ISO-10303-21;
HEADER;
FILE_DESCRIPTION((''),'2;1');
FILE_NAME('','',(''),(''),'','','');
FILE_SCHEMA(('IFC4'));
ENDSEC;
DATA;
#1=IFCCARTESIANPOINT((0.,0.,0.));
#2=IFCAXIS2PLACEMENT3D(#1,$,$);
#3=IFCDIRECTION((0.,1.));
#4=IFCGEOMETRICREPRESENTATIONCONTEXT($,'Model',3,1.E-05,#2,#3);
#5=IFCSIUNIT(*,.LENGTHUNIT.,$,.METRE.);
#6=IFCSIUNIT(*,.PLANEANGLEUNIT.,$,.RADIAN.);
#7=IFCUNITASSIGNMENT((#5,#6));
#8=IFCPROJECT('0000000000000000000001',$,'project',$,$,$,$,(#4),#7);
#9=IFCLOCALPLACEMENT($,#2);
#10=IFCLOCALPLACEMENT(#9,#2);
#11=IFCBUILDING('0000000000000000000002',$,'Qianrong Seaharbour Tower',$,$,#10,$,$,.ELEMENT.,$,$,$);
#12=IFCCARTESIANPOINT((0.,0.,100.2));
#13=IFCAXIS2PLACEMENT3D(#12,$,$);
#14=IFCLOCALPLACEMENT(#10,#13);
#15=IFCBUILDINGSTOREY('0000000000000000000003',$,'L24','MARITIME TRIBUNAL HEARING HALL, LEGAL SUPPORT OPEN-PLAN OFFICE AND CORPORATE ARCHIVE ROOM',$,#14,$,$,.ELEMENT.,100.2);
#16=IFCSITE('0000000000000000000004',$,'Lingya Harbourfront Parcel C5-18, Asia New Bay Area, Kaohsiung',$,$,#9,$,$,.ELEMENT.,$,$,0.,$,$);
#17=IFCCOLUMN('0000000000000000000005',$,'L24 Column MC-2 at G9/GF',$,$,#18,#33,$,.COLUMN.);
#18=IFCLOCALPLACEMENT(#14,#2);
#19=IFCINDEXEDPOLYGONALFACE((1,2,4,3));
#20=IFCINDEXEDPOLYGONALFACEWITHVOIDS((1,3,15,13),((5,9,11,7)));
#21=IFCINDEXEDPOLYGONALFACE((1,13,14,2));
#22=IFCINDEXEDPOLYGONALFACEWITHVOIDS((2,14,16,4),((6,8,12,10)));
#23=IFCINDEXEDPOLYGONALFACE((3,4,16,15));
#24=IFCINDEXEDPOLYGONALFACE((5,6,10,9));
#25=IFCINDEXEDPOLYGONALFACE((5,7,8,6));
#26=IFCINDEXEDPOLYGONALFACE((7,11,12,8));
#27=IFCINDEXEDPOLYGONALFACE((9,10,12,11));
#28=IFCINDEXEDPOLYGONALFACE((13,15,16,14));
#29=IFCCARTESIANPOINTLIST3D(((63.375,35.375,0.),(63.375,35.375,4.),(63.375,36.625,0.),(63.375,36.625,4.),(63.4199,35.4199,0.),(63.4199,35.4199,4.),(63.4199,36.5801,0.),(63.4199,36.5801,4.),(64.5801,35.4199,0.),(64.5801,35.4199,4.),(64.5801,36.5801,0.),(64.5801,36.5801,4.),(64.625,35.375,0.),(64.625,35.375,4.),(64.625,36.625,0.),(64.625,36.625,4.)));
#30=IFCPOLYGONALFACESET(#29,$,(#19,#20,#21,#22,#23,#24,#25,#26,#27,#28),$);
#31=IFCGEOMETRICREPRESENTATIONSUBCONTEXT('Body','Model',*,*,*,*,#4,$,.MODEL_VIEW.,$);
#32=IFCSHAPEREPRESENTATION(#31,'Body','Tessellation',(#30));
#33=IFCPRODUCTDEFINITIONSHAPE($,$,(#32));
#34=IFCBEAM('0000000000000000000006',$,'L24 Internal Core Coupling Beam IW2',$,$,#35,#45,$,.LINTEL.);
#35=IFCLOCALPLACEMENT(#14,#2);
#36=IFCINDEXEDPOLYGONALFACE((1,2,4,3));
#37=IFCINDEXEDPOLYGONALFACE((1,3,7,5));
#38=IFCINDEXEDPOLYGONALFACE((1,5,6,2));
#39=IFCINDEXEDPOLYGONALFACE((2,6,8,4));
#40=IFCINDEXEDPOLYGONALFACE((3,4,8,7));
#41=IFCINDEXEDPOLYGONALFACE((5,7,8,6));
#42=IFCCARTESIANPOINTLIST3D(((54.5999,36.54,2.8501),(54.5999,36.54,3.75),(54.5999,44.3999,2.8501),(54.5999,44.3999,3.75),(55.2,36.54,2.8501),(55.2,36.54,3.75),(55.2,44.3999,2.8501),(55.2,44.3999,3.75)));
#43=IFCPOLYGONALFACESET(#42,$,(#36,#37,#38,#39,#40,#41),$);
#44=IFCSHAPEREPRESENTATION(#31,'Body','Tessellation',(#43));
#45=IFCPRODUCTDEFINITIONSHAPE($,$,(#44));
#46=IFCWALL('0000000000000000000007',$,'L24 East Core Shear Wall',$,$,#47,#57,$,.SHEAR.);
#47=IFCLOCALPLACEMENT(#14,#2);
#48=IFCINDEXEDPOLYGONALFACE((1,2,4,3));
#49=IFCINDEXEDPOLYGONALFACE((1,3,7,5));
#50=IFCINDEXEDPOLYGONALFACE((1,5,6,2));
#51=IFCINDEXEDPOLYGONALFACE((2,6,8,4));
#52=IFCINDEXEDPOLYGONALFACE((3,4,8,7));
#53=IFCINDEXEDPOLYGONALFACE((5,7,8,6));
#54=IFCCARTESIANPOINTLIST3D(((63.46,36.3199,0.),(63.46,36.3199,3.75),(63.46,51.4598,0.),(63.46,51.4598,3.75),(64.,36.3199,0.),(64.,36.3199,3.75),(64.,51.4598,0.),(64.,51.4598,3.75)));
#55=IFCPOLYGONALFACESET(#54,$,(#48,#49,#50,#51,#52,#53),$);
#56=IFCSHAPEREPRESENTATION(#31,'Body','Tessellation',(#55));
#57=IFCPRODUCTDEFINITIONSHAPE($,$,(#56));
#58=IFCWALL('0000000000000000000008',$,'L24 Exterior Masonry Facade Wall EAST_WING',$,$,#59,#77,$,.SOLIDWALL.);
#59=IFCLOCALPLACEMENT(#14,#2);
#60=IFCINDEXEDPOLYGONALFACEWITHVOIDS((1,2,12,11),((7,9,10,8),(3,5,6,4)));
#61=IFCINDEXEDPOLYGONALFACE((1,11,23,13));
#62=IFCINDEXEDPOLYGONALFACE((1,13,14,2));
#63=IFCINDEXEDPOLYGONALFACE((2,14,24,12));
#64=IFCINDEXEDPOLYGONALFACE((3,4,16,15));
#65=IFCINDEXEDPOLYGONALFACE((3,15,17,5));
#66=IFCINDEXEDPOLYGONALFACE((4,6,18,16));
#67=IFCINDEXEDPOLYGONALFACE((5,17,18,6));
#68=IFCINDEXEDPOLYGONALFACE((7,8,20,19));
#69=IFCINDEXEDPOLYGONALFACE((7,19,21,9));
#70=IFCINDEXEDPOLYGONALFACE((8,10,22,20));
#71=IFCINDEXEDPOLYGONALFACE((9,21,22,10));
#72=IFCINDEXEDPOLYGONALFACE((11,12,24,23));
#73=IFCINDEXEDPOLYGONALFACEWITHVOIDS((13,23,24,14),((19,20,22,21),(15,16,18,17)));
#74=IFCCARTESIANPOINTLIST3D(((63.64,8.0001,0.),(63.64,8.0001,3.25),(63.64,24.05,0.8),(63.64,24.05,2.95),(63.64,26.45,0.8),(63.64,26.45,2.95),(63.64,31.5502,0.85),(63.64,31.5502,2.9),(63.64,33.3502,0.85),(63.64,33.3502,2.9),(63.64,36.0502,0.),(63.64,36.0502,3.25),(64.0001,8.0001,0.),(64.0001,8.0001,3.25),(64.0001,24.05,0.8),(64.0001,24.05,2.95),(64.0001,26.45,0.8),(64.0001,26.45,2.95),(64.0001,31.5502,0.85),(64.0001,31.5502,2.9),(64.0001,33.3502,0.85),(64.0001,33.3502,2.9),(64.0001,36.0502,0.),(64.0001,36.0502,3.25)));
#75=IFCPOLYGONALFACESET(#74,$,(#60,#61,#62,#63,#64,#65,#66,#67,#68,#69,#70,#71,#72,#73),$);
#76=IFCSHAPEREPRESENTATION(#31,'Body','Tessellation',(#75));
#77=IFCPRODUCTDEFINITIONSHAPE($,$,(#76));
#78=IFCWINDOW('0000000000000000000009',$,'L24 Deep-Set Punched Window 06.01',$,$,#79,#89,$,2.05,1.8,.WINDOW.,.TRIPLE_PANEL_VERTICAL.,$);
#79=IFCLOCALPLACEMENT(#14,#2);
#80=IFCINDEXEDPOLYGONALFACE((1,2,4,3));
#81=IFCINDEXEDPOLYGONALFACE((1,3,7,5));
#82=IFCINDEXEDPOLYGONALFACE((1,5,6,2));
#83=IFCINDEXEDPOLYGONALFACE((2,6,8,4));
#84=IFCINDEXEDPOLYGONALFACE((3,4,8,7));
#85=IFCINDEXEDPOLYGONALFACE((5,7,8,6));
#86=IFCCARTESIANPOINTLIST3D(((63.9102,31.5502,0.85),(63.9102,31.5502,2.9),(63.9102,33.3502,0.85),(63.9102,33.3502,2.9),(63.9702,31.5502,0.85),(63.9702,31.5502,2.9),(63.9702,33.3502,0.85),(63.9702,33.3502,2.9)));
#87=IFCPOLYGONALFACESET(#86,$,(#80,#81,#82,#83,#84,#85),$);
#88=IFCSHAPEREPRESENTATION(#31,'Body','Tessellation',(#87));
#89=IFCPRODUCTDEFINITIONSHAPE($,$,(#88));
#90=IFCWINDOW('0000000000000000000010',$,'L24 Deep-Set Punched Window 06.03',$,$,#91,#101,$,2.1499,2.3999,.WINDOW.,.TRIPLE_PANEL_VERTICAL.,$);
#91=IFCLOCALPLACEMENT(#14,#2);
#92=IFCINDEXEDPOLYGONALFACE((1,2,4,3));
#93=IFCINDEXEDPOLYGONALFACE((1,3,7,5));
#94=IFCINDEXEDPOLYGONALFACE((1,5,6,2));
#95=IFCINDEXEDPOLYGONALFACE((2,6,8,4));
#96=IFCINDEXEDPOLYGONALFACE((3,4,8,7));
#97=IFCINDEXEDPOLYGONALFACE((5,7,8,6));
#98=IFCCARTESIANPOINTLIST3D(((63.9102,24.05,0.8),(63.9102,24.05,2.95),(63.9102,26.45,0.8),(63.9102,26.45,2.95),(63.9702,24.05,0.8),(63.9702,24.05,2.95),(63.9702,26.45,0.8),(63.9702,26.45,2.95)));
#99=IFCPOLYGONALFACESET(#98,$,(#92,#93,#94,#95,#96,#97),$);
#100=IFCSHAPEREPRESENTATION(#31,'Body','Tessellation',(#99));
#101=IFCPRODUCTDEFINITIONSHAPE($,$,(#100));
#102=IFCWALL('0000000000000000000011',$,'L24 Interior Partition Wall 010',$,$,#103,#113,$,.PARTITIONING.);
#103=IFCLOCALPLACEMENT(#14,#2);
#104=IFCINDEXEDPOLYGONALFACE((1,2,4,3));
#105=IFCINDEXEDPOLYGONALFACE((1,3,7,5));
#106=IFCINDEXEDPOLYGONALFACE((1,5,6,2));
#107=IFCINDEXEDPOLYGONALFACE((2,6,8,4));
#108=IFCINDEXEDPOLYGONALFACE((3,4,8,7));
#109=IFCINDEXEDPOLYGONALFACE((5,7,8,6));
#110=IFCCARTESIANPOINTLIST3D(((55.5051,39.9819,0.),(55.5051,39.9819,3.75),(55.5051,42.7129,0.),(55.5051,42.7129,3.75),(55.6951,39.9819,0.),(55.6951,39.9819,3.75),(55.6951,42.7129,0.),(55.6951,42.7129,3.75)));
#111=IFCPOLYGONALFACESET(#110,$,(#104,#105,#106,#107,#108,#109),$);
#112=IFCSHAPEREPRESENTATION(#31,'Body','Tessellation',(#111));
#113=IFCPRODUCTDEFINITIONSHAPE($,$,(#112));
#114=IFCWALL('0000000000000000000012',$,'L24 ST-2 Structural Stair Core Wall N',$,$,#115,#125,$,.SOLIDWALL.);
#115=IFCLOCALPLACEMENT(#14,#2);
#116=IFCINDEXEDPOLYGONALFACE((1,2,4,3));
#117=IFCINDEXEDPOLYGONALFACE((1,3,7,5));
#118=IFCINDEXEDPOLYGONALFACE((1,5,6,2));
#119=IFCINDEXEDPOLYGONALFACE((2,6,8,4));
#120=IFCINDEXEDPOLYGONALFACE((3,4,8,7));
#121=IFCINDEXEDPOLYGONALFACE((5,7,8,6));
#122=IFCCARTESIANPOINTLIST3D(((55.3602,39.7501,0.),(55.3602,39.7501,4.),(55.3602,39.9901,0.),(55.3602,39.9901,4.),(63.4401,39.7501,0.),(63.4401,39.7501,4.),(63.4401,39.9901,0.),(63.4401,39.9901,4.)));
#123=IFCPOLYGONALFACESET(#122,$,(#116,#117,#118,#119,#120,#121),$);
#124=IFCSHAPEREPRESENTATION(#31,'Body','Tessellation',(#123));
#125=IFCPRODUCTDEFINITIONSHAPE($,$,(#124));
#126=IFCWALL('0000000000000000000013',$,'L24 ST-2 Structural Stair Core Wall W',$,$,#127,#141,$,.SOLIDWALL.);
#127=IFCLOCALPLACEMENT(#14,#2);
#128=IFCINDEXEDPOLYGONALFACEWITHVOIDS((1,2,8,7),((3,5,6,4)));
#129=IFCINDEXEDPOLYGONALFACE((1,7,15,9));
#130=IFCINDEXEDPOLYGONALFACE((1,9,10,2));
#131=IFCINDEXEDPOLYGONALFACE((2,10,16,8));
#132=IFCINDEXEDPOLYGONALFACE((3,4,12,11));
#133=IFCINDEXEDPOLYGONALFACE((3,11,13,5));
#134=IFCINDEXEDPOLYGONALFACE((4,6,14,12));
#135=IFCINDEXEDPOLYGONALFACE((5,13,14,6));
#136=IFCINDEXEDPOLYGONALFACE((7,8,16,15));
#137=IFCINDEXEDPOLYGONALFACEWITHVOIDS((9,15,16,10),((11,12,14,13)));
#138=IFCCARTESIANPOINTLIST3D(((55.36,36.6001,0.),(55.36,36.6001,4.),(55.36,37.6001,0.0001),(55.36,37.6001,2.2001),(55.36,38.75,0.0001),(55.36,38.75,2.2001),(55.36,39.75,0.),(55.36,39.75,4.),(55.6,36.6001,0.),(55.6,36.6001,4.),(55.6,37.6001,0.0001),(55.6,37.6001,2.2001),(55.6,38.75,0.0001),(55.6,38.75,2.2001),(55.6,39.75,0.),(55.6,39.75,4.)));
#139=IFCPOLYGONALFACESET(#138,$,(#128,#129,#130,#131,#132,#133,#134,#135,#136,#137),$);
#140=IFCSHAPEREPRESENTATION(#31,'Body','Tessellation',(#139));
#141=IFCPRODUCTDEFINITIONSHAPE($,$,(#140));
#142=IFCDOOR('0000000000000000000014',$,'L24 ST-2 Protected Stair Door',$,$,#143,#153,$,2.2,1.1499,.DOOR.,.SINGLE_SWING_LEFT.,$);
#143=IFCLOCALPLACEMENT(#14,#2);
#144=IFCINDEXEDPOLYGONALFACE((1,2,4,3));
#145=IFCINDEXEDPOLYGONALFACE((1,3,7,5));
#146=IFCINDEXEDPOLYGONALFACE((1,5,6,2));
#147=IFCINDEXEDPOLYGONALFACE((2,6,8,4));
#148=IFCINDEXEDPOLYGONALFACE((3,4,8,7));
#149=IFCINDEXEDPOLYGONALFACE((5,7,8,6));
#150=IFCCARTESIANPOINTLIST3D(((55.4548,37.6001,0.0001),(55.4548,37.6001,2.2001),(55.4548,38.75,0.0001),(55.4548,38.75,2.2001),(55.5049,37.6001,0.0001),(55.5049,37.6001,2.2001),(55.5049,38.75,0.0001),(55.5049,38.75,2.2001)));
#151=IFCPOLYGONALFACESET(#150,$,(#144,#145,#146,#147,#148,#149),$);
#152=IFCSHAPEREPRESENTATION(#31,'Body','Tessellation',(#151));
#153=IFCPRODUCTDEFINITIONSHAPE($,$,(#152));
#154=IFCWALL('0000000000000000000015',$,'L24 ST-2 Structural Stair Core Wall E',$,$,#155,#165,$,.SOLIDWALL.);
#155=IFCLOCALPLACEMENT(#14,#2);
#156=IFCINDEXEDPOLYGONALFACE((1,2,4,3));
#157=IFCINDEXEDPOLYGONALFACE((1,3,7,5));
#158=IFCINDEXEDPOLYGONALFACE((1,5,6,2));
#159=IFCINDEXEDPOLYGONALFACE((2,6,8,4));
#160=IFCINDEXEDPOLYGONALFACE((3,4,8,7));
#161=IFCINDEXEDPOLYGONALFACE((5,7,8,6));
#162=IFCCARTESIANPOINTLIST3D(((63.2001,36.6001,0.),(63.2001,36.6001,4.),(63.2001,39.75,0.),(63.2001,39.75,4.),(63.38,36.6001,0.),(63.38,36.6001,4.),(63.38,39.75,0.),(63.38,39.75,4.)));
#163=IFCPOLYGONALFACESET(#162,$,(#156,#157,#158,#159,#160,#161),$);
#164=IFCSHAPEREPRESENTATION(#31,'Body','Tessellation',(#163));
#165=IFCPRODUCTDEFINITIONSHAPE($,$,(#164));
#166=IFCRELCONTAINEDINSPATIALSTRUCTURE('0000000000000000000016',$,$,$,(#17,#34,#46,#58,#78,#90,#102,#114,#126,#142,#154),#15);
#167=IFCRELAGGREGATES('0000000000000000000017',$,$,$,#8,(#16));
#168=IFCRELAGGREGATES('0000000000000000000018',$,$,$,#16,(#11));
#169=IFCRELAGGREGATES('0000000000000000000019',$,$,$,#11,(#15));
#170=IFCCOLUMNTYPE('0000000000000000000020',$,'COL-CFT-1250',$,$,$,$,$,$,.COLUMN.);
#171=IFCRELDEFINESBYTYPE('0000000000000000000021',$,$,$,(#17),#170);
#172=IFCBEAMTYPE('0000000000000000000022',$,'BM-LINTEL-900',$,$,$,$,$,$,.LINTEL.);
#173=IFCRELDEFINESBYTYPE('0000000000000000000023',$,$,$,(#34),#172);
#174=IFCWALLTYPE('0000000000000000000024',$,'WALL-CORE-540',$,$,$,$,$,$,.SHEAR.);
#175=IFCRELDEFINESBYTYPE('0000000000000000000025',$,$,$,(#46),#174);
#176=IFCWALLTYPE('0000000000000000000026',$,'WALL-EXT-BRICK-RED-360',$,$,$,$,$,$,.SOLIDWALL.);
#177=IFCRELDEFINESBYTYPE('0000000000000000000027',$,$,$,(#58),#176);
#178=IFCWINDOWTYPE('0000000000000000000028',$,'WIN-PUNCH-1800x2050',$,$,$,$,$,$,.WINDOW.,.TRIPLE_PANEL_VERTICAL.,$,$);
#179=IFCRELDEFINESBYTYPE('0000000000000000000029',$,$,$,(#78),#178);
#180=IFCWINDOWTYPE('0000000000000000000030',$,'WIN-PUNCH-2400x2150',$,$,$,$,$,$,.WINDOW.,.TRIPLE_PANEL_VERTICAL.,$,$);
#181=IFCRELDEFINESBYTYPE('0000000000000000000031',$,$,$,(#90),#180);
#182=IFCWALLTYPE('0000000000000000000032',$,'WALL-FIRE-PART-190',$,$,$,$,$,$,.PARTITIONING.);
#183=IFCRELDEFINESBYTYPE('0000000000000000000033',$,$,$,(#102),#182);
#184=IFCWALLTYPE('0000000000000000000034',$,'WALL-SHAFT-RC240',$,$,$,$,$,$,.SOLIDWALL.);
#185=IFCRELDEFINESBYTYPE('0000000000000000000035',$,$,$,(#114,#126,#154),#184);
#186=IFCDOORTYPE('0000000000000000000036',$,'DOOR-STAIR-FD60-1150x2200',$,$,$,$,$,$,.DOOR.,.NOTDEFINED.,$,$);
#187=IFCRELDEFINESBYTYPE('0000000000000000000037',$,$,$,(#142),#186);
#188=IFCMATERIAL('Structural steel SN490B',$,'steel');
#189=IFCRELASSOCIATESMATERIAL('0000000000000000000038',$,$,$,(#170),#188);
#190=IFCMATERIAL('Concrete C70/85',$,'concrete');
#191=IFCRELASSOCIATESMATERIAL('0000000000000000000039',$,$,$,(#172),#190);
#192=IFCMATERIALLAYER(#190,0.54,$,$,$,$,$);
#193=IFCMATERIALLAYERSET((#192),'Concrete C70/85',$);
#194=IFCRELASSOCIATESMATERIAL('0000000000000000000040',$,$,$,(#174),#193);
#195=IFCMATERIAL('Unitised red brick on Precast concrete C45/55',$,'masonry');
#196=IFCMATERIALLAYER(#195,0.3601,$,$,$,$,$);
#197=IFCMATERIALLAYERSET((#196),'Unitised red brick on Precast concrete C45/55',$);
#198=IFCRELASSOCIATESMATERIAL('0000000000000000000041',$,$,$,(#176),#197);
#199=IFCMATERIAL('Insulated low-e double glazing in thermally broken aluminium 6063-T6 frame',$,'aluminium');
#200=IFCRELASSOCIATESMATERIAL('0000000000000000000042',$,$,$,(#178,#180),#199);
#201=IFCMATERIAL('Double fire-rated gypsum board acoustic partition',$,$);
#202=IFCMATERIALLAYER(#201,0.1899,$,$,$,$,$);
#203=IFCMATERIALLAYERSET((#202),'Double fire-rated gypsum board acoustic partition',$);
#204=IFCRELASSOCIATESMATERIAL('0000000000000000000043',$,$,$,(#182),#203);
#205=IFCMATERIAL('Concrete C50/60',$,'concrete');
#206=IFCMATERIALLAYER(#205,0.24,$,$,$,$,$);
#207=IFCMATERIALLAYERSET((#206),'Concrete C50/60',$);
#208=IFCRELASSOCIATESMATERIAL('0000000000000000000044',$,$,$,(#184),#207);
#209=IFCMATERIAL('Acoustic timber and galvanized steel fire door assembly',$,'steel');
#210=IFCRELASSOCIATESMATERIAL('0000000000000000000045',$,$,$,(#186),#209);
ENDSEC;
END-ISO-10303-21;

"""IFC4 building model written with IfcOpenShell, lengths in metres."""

from ifc_helpers import new_model, si_unit, direction, frame, frame_2d, origin, origin_2d, place, context, subcontext, project, spatial, rectangle, hollow_rectangle, extrude, material, layer, layer_set, material_profile, profile_set, type_object, element, fill, save


model = new_model("IFC4")

# Units and contexts
model_context = context("Model", 3, precision=1e-05, world=origin(), true_north=direction((0.0, 1.0)))
body_context = subcontext(model_context, "Body", "Model", "MODEL_VIEW")
ifc_project = project(units=[si_unit("LENGTHUNIT", "METRE"), si_unit("PLANEANGLEUNIT", "RADIAN")], contexts=[model_context])

# Site, building, storey
site_placement = place(None, origin())
site = spatial("IfcSite", under=ifc_project, at=site_placement, Name="Lingya Harbourfront Parcel C5-18, Asia New Bay Area, Kaohsiung", CompositionType="ELEMENT", RefElevation=0.0)
building_placement = place(site_placement, origin())
building = spatial("IfcBuilding", under=site, at=building_placement, Name="Qianrong Seaharbour Tower", CompositionType="ELEMENT")
storey_placement = place(building_placement, frame((0.0, 0.0, 100.2)))
storey = spatial("IfcBuildingStorey", under=building, at=storey_placement, Name="L24", Description="MARITIME TRIBUNAL HEARING HALL, LEGAL SUPPORT OPEN-PLAN OFFICE AND CORPORATE ARCHIVE ROOM", CompositionType="ELEMENT", Elevation=100.2)

# Column
ifc_material_1 = material(Name="Structural steel SN490B", Category="steel")
ifc_material_profile_1 = material_profile(ifc_material_1, hollow_rectangle(XDim=1.25, YDim=1.25, WallThickness=0.0449, at=origin_2d()), Name="BOX1250x1250x45")
ifc_profile_set_1 = profile_set([ifc_material_profile_1], Name="Structural steel SN490B")
column_type = type_object("IfcColumnType", Name="COL-CFT-1250", PredefinedType="COLUMN", material=ifc_profile_set_1)
column_placement = place(storey_placement, frame((64.0, 36.0, 0.0), z_axis=(0.0, 0.0, 1.0), x_axis=(1.0, 0.0, 0.0)))
element("IfcColumn", 1, at=column_placement, inside=storey, type_object=column_type, Name="L24 Column MC-2 at G9/GF", PredefinedType="COLUMN", context=body_context, shape_type="SweptSolid", body=[
    extrude(hollow_rectangle(XDim=1.25, YDim=1.25, WallThickness=0.0449, at=origin_2d()), origin(), (0.0, 0.0, 1.0), 4.0),
])

# Beam
ifc_material_2 = material(Name="Concrete C70/85", Category="concrete")
ifc_material_profile_2 = material_profile(ifc_material_2, rectangle(XDim=0.6001, YDim=0.8999, at=origin_2d()), Name="RC600x900")
ifc_profile_set_2 = profile_set([ifc_material_profile_2], Name="Concrete C70/85")
beam_type = type_object("IfcBeamType", Name="BM-LINTEL-900", PredefinedType="LINTEL", material=ifc_profile_set_2)
beam_placement = place(storey_placement, frame((54.8999, 36.54, 3.3), z_axis=(0.0, 1.0, 0.0), x_axis=(-1.0, 0.0, 0.0)))
element("IfcBeam", 2, at=beam_placement, inside=storey, type_object=beam_type, Name="L24 Internal Core Coupling Beam IW2", PredefinedType="LINTEL", context=body_context, shape_type="SweptSolid", body=[
    extrude(rectangle(XDim=0.6001, YDim=0.8999, at=origin_2d()), origin(), (0.0, 0.0, 1.0), 7.8599),
])

# Wall
ifc_layer_1 = layer(ifc_material_2, 0.54)
ifc_layer_set_1 = layer_set([ifc_layer_1], Name="Concrete C70/85")
wall_type_1 = type_object("IfcWallType", Name="WALL-CORE-540", PredefinedType="SHEAR", material=ifc_layer_set_1)
wall_1_placement = place(storey_placement, frame((63.73, 36.3201, 0.0), z_axis=(0.0, 0.0, 1.0), x_axis=(0.0, 1.0, 0.0)))
element("IfcWall", 3, at=wall_1_placement, inside=storey, type_object=wall_type_1, Name="L24 East Core Shear Wall", PredefinedType="SHEAR", context=body_context, shape_type="SweptSolid", body=[
    extrude(rectangle(XDim=15.1399, YDim=0.54, at=frame_2d((7.5698, 0.0))), origin(), (0.0, 0.0, 1.0), 3.75),
])

# Wall, openings, windows
ifc_material_3 = material(Name="Unitised red brick on Precast concrete C45/55", Category="masonry")
ifc_layer_2 = layer(ifc_material_3, 0.3601)
ifc_layer_set_2 = layer_set([ifc_layer_2], Name="Unitised red brick on Precast concrete C45/55")
wall_type_2 = type_object("IfcWallType", Name="WALL-EXT-BRICK-RED-360", PredefinedType="SOLIDWALL", material=ifc_layer_set_2)
wall_2_placement = place(storey_placement, frame((63.8201, 36.05, 0.0), z_axis=(0.0, 0.0, 1.0), x_axis=(0.0, -1.0, 0.0)))
wall_2 = element("IfcWall", 4, at=wall_2_placement, inside=storey, type_object=wall_type_2, Name="L24 Exterior Masonry Facade Wall EAST_WING", PredefinedType="SOLIDWALL", context=body_context, shape_type="SweptSolid", body=[
    extrude(rectangle(XDim=28.05, YDim=0.3601, at=frame_2d((14.0249, 0.0))), origin(), (0.0, 0.0, 1.0), 3.25),
])
opening_1_placement = place(wall_2_placement, frame((2.7, 0.0, 0.8501)))
opening_1 = element("IfcOpeningElement", 5, at=opening_1_placement, cuts=wall_2, PredefinedType="OPENING", context=body_context, shape_type="SweptSolid", body=[
    extrude(rectangle(XDim=1.8, YDim=2.05, at=frame_2d((0.8999, 1.0249))), frame((0.0, 0.1899, 0.0), z_axis=(0.0, -1.0, 0.0), x_axis=(1.0, 0.0, 0.0)), (0.0, 0.0, 1.0), 0.3801),
])
opening_2_placement = place(wall_2_placement, frame((9.6001, 0.0, 0.8)))
opening_2 = element("IfcOpeningElement", 6, at=opening_2_placement, cuts=wall_2, PredefinedType="OPENING", context=body_context, shape_type="SweptSolid", body=[
    extrude(rectangle(XDim=2.3999, YDim=2.1499, at=frame_2d((1.2, 1.075))), frame((0.0, 0.1899, 0.0), z_axis=(0.0, -1.0, 0.0), x_axis=(1.0, 0.0, 0.0)), (0.0, 0.0, 1.0), 0.3801),
])
ifc_material_4 = material(Name="Insulated low-e double glazing in thermally broken aluminium 6063-T6 frame", Category="aluminium")
window_type_1 = type_object("IfcWindowType", Name="WIN-PUNCH-1800x2050", PartitioningType="TRIPLE_PANEL_VERTICAL", PredefinedType="WINDOW", material=ifc_material_4)
window_1_placement = place(opening_1_placement, origin())
window_1 = element("IfcWindow", 7, at=window_1_placement, inside=storey, type_object=window_type_1, Name="L24 Deep-Set Punched Window 06.01", OverallHeight=2.05, OverallWidth=1.8, PartitioningType="TRIPLE_PANEL_VERTICAL", PredefinedType="WINDOW", context=body_context, shape_type="SweptSolid", body=[
    extrude(rectangle(XDim=1.8, YDim=2.05, at=frame_2d((0.8999, 1.0249))), frame((0.0, 0.1501, 0.0), z_axis=(0.0, -1.0, 0.0), x_axis=(1.0, 0.0, 0.0)), (0.0, 0.0, 1.0), 0.0601),
])
fill(opening_1, window_1)
window_type_2 = type_object("IfcWindowType", Name="WIN-PUNCH-2400x2150", PartitioningType="TRIPLE_PANEL_VERTICAL", PredefinedType="WINDOW", material=ifc_material_4)
window_2_placement = place(opening_2_placement, origin())
window_2 = element("IfcWindow", 8, at=window_2_placement, inside=storey, type_object=window_type_2, Name="L24 Deep-Set Punched Window 06.03", OverallHeight=2.1499, OverallWidth=2.3999, PartitioningType="TRIPLE_PANEL_VERTICAL", PredefinedType="WINDOW", context=body_context, shape_type="SweptSolid", body=[
    extrude(rectangle(XDim=2.3999, YDim=2.1499, at=frame_2d((1.2, 1.075))), frame((0.0, 0.1501, 0.0), z_axis=(0.0, -1.0, 0.0), x_axis=(1.0, 0.0, 0.0)), (0.0, 0.0, 1.0), 0.0601),
])
fill(opening_2, window_2)

# Walls
ifc_material_5 = material(Name="Double fire-rated gypsum board acoustic partition")
ifc_layer_3 = layer(ifc_material_5, 0.1899)
ifc_layer_set_3 = layer_set([ifc_layer_3], Name="Double fire-rated gypsum board acoustic partition")
wall_type_3 = type_object("IfcWallType", Name="WALL-FIRE-PART-190", PredefinedType="PARTITIONING", material=ifc_layer_set_3)
wall_3_placement = place(storey_placement, frame((55.6001, 42.7129, 0.0), z_axis=(0.0, 0.0, 1.0), x_axis=(0.0, -1.0, 0.0)))
element("IfcWall", 9, at=wall_3_placement, inside=storey, type_object=wall_type_3, Name="L24 Interior Partition Wall 010", PredefinedType="PARTITIONING", context=body_context, shape_type="SweptSolid", body=[
    extrude(rectangle(XDim=2.731, YDim=0.1899, at=frame_2d((1.3655, 0.0))), origin(), (0.0, 0.0, 1.0), 3.75),
])
ifc_material_6 = material(Name="Concrete C50/60", Category="concrete")
ifc_layer_4 = layer(ifc_material_6, 0.24)
ifc_layer_set_4 = layer_set([ifc_layer_4], Name="Concrete C50/60")
wall_type_4 = type_object("IfcWallType", Name="WALL-SHAFT-RC240", PredefinedType="SOLIDWALL", material=ifc_layer_set_4)
wall_4_placement = place(storey_placement, frame((55.3601, 39.8701, 0.0), z_axis=(0.0, 0.0, 1.0), x_axis=(1.0, 0.0, 0.0)))
element("IfcWall", 10, at=wall_4_placement, inside=storey, type_object=wall_type_4, Name="L24 ST-2 Structural Stair Core Wall N", PredefinedType="SOLIDWALL", context=body_context, shape_type="SweptSolid", body=[
    extrude(rectangle(XDim=8.0798, YDim=0.24, at=frame_2d((4.04, 0.0))), origin(), (0.0, 0.0, 1.0), 4.0),
])

# Wall, opening, door
wall_5_placement = place(storey_placement, frame((55.48, 39.75, 0.0), z_axis=(0.0, 0.0, 1.0), x_axis=(0.0, -1.0, 0.0)))
wall_5 = element("IfcWall", 11, at=wall_5_placement, inside=storey, type_object=wall_type_4, Name="L24 ST-2 Structural Stair Core Wall W", PredefinedType="SOLIDWALL", context=body_context, shape_type="SweptSolid", body=[
    extrude(rectangle(XDim=3.1499, YDim=0.24, at=frame_2d((1.575, 0.0))), origin(), (0.0, 0.0, 1.0), 4.0),
])
opening_3_placement = place(wall_5_placement, frame((1.0, 0.0, 0.0)))
opening_3 = element("IfcOpeningElement", 12, at=opening_3_placement, cuts=wall_5, PredefinedType="OPENING", context=body_context, shape_type="SweptSolid", body=[
    extrude(rectangle(XDim=1.1499, YDim=2.2, at=frame_2d((0.575, 1.1001))), frame((0.0, 0.1299, 0.0), z_axis=(0.0, -1.0, 0.0), x_axis=(1.0, 0.0, 0.0)), (0.0, 0.0, 1.0), 0.26),
])
ifc_material_7 = material(Name="Acoustic timber and galvanized steel fire door assembly", Category="steel")
door_type = type_object("IfcDoorType", Name="DOOR-STAIR-FD60-1150x2200", OperationType="NOTDEFINED", PredefinedType="DOOR", material=ifc_material_7)
door_placement = place(opening_3_placement, origin())
door = element("IfcDoor", 13, at=door_placement, inside=storey, type_object=door_type, Name="L24 ST-2 Protected Stair Door", OperationType="SINGLE_SWING_LEFT", OverallHeight=2.2, OverallWidth=1.1499, PredefinedType="DOOR", context=body_context, shape_type="SweptSolid", body=[
    extrude(rectangle(XDim=1.1499, YDim=2.2, at=frame_2d((0.575, 1.1001))), frame((0.0, 0.0249, 0.0), z_axis=(0.0, -1.0, 0.0), x_axis=(1.0, 0.0, 0.0)), (0.0, 0.0, 1.0), 0.05),
])
fill(opening_3, door)

# Wall
wall_6_placement = place(storey_placement, frame((63.29, 36.6001, 0.0), z_axis=(0.0, 0.0, 1.0), x_axis=(0.0, 1.0, 0.0)))
element("IfcWall", 14, at=wall_6_placement, inside=storey, type_object=wall_type_4, Name="L24 ST-2 Structural Stair Core Wall E", PredefinedType="SOLIDWALL", context=body_context, shape_type="SweptSolid", body=[
    extrude(rectangle(XDim=3.1499, YDim=0.1799, at=frame_2d((1.575, 0.0))), origin(), (0.0, 0.0, 1.0), 4.0),
])

save(model, "model.ifc")
